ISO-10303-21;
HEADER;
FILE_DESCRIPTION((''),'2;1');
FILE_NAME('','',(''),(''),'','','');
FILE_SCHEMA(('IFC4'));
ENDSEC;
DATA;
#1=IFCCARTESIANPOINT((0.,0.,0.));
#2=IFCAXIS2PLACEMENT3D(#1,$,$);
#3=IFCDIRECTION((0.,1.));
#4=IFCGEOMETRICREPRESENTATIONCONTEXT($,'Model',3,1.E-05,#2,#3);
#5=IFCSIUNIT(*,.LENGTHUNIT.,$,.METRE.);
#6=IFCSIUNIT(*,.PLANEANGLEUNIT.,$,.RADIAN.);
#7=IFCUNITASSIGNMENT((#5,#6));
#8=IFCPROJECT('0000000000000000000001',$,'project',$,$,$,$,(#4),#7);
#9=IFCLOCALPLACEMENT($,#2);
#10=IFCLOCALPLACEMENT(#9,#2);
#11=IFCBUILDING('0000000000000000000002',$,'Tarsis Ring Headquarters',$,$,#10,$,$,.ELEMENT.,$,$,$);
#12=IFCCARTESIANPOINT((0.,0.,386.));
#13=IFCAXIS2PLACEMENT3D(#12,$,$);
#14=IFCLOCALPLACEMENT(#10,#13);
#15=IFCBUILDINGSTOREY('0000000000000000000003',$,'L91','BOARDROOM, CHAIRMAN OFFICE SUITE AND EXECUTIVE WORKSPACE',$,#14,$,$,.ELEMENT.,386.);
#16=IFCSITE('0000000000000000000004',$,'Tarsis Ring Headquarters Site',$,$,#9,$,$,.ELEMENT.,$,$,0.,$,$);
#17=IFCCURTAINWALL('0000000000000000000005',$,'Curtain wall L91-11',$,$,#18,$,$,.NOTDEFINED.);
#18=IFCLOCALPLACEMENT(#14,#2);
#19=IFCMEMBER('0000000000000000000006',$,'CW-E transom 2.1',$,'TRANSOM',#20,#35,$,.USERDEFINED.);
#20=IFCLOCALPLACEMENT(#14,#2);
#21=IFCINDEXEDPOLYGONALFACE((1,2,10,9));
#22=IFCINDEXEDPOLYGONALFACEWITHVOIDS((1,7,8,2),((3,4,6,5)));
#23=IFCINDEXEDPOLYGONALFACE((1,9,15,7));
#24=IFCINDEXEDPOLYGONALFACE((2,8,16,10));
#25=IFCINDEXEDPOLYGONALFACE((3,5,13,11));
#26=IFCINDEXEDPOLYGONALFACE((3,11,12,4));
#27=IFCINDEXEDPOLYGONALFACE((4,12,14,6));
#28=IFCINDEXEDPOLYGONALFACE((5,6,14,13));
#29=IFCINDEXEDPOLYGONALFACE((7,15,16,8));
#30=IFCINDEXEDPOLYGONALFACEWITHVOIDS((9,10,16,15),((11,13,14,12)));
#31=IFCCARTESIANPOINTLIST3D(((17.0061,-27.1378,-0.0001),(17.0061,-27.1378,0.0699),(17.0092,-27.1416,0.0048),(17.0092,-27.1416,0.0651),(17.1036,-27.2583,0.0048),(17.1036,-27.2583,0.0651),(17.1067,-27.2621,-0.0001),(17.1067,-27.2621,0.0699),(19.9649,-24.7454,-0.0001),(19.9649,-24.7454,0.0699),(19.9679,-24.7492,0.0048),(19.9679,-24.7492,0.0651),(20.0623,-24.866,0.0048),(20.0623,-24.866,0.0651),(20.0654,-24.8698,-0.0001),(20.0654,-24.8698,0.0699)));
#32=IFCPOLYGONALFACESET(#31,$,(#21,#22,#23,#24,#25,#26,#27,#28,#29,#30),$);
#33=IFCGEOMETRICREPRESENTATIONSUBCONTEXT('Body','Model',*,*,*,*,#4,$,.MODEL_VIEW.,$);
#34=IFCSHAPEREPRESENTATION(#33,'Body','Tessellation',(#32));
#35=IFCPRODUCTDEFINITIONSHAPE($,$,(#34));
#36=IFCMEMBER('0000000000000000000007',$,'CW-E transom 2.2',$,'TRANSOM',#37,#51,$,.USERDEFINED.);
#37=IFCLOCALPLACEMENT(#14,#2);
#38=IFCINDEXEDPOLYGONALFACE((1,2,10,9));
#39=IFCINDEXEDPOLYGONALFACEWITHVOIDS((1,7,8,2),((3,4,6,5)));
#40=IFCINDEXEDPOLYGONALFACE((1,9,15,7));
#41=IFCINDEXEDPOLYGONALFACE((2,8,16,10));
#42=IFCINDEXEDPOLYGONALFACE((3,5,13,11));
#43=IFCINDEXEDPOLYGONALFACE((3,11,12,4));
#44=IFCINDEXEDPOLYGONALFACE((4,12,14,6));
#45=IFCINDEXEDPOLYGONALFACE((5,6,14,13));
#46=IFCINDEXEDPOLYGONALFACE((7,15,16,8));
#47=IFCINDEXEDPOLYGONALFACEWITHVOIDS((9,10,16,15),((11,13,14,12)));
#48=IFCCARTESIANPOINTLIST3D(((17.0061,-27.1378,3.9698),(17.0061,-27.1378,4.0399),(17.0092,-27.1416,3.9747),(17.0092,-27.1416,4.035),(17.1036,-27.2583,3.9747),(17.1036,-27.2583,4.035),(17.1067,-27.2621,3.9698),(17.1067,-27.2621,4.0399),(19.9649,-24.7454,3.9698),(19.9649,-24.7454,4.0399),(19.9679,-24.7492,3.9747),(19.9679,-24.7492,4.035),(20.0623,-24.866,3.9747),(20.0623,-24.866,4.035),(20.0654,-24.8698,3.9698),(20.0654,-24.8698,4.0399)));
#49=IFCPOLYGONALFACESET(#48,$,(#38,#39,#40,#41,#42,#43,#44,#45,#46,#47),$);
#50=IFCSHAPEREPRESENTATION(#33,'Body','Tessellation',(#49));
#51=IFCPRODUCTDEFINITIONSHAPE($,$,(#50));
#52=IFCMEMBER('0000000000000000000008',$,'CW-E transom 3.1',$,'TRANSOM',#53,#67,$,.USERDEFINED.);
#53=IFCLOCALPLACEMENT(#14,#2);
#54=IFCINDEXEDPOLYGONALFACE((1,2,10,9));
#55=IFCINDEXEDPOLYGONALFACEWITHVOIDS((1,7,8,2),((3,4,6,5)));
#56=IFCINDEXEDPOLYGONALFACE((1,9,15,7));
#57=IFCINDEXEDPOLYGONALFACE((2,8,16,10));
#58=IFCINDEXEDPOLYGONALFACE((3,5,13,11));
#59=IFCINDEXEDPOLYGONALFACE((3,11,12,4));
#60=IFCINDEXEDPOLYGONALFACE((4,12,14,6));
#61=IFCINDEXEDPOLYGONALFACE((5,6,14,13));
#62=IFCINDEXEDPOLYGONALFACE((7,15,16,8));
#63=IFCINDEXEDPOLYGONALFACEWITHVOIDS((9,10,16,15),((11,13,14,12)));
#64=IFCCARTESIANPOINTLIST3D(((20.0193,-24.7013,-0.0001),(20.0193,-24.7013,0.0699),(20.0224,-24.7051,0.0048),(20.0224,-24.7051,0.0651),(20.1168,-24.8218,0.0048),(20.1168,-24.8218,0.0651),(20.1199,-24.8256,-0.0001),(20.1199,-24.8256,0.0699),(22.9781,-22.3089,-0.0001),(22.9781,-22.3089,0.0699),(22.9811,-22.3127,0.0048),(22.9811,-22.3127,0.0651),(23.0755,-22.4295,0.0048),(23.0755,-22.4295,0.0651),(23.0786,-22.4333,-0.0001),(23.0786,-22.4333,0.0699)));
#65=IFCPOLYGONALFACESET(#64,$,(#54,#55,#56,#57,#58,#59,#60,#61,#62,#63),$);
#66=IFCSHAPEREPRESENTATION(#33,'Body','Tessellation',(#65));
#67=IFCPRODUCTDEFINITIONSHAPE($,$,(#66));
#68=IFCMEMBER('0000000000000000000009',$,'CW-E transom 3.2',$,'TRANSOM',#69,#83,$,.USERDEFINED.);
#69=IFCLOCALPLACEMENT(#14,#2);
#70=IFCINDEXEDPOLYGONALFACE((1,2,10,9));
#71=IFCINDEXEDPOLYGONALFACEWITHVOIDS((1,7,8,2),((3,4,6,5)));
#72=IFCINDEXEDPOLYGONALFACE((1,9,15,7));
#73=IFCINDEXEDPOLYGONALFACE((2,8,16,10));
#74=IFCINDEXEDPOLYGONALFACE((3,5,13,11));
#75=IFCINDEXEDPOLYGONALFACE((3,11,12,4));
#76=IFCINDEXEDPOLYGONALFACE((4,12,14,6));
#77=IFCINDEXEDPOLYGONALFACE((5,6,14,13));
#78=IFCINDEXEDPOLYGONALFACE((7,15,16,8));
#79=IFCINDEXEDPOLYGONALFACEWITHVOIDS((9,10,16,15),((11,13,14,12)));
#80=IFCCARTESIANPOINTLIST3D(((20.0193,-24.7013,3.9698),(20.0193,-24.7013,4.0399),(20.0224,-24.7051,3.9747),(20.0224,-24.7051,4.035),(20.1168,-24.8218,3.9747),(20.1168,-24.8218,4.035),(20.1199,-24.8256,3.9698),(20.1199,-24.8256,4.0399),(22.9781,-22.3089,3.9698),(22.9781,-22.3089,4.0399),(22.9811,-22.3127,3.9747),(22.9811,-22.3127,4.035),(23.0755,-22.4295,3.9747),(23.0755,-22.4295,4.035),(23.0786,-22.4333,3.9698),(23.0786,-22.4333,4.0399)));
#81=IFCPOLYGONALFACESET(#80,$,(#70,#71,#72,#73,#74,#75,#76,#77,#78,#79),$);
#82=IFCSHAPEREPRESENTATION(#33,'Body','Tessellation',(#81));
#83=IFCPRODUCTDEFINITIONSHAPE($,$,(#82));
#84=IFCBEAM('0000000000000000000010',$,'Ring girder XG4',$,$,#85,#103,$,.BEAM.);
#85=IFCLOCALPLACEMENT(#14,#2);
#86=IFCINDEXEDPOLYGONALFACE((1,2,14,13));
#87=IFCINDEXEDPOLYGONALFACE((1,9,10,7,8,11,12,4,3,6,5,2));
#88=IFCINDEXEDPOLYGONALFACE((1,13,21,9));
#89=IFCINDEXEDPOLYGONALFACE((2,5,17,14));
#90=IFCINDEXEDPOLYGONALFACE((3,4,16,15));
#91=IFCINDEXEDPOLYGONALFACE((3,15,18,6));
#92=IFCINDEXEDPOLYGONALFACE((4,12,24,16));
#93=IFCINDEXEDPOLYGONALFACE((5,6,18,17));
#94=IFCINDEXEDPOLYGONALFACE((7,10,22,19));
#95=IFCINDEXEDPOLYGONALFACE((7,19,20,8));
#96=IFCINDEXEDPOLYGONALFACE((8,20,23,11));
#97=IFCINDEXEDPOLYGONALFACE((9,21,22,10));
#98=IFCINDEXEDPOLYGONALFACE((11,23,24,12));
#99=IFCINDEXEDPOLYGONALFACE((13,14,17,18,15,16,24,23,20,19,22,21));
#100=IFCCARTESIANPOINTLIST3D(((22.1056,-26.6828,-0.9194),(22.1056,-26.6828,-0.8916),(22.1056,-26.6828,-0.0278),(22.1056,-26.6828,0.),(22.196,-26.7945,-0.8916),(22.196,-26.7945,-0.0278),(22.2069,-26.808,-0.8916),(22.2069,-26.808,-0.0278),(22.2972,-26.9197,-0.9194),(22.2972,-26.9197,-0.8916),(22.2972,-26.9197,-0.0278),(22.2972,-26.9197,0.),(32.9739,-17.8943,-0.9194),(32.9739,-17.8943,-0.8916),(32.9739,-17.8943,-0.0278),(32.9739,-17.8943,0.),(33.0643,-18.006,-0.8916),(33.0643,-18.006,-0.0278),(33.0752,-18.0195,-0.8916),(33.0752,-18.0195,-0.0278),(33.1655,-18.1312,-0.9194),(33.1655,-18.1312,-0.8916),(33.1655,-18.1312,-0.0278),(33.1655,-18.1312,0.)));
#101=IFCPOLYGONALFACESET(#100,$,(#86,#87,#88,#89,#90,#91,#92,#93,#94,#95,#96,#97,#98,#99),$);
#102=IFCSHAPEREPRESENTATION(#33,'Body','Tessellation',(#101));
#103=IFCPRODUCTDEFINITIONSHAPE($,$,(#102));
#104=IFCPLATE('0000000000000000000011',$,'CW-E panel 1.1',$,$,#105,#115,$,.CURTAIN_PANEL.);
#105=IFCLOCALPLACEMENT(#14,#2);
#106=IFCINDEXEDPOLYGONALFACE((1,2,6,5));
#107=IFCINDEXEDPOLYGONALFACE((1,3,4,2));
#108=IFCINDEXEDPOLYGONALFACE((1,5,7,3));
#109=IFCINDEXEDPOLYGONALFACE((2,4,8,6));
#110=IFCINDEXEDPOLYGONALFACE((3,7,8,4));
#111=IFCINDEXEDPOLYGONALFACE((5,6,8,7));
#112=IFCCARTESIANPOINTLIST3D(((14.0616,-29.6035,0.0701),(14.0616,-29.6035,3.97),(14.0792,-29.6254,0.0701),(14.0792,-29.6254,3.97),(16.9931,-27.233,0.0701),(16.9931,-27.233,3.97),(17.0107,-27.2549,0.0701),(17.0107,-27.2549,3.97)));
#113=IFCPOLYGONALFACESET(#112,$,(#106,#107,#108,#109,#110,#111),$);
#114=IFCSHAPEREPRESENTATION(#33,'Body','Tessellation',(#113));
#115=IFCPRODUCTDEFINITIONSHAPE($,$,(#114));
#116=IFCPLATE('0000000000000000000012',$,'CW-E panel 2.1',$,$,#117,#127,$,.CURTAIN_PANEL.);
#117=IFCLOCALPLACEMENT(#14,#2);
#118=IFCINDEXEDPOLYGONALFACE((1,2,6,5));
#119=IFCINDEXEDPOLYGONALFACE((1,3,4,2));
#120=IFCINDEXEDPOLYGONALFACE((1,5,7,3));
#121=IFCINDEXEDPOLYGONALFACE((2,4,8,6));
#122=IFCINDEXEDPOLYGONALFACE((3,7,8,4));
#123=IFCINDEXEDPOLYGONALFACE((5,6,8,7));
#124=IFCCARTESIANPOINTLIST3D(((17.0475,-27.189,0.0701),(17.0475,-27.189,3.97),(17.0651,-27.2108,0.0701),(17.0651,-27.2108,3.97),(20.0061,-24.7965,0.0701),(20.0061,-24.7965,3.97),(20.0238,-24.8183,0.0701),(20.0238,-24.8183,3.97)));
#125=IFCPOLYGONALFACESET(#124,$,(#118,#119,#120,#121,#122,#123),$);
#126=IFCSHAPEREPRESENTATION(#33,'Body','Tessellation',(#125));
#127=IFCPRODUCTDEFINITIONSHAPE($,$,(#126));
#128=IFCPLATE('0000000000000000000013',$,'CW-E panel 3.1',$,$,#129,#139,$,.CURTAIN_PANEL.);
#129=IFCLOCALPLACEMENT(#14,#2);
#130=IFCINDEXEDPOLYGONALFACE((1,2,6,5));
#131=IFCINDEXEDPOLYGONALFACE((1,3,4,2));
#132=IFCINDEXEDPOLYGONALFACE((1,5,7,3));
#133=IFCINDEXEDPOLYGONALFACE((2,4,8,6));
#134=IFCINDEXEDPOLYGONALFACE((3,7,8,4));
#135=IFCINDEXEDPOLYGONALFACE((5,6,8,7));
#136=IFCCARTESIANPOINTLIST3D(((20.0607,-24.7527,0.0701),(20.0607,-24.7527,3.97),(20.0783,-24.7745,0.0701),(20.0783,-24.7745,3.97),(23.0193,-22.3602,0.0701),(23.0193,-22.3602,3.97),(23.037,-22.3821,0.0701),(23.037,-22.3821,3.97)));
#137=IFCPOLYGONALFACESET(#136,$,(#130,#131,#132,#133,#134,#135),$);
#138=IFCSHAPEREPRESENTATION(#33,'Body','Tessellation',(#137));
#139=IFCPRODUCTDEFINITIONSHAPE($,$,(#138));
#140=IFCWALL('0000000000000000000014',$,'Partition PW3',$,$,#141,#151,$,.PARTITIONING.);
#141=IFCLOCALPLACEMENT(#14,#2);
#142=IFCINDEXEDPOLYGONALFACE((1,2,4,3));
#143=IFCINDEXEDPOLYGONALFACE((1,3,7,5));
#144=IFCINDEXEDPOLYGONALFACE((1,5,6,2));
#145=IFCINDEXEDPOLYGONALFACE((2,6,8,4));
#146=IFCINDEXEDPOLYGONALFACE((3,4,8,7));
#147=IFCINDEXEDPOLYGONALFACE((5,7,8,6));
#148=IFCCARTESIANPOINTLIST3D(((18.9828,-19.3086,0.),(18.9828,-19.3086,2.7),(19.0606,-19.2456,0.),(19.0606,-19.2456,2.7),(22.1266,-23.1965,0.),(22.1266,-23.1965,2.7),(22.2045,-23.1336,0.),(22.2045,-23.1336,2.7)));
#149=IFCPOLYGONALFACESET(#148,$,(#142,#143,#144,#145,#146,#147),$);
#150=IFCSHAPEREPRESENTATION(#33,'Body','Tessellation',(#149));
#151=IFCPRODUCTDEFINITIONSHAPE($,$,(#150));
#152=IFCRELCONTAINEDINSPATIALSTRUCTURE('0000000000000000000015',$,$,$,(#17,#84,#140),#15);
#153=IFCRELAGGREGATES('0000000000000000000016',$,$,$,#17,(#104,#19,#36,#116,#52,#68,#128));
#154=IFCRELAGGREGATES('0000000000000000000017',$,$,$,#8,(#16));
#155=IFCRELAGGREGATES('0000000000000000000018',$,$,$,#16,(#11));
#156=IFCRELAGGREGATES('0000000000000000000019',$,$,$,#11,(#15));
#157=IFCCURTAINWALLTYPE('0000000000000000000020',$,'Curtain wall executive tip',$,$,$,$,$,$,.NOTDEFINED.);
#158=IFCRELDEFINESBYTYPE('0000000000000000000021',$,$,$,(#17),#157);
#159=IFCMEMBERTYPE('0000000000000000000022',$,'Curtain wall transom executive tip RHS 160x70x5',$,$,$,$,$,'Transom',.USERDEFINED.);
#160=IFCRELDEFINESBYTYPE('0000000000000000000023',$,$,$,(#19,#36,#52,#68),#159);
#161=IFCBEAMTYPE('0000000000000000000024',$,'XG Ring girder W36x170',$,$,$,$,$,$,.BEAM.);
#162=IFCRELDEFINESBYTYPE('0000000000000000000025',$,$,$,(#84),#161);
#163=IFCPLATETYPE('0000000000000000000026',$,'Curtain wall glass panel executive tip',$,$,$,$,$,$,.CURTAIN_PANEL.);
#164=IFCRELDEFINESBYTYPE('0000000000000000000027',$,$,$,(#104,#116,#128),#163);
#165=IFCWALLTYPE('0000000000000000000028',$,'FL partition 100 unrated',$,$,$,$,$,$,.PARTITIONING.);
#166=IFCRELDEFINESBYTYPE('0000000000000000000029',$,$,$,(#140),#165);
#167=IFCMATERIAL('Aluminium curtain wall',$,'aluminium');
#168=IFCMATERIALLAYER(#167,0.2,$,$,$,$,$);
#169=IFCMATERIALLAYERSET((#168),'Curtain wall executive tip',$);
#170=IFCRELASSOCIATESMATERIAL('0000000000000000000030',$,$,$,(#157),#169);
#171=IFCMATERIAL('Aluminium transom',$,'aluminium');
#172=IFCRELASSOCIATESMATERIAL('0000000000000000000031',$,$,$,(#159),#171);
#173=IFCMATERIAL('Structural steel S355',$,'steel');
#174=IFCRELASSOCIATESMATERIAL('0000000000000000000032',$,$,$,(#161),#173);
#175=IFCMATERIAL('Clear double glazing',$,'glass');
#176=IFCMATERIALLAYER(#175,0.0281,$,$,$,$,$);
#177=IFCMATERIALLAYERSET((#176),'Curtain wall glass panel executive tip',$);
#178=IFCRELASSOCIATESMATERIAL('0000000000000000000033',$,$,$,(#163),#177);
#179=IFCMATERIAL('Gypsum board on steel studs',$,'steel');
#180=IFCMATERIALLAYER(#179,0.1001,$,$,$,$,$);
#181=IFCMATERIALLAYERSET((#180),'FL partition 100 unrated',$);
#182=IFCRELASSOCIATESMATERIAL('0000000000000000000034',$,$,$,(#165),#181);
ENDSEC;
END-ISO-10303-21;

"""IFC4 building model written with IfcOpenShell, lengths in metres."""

from ifc_helpers import new_model, si_unit, direction, frame, frame_2d, origin, origin_2d, place, context, subcontext, project, spatial, rectangle, hollow_rectangle, i_section, extrude, material, layer, layer_set, material_profile, profile_set, type_object, element, aggregate, save


model = new_model("IFC4")

# Units and contexts
model_context = context("Model", 3, precision=1e-05, world=origin(), true_north=direction((0.0, 1.0)))
body_context = subcontext(model_context, "Body", "Model", "MODEL_VIEW")
ifc_project = project(units=[si_unit("LENGTHUNIT", "METRE"), si_unit("PLANEANGLEUNIT", "RADIAN")], contexts=[model_context])

# Site, building, storey
site_placement = place(None, origin())
site = spatial("IfcSite", under=ifc_project, at=site_placement, Name="Tarsis Ring Headquarters Site", CompositionType="ELEMENT", RefElevation=0.0)
building_placement = place(site_placement, origin())
building = spatial("IfcBuilding", under=site, at=building_placement, Name="Tarsis Ring Headquarters", CompositionType="ELEMENT")
storey_placement = place(building_placement, frame((0.0, 0.0, 386.0)))
storey = spatial("IfcBuildingStorey", under=building, at=storey_placement, Name="L91", Description="BOARDROOM, CHAIRMAN OFFICE SUITE AND EXECUTIVE WORKSPACE", CompositionType="ELEMENT", Elevation=386.0)

# Shared definitions
ifc_material_1 = material(Name="Structural steel S355", Category="steel")

# Curtain wall, members
ifc_material_2 = material(Name="Aluminium curtain wall", Category="aluminium")
ifc_layer_1 = layer(ifc_material_2, 0.2)
ifc_layer_set_1 = layer_set([ifc_layer_1], Name="Curtain wall executive tip")
curtain_wall_type = type_object("IfcCurtainWallType", Name="Curtain wall executive tip", PredefinedType="NOTDEFINED", material=ifc_layer_set_1)
curtain_wall_placement = place(storey_placement, origin())
curtain_wall = element("IfcCurtainWall", 1, at=curtain_wall_placement, inside=storey, type_object=curtain_wall_type, Name="Curtain wall L91-11", PredefinedType="NOTDEFINED")
ifc_material_3 = material(Name="Aluminium transom", Category="aluminium")
ifc_material_profile_1 = material_profile(ifc_material_3, hollow_rectangle(XDim=0.1599, YDim=0.0701, WallThickness=0.0049, at=origin_2d()), Name="RHS 160x70x5")
ifc_profile_set_1 = profile_set([ifc_material_profile_1], Name="Aluminium transom")
member_type_1 = type_object("IfcMemberType", Name="Curtain wall transom executive tip RHS 160x70x5", ElementType="Transom", PredefinedType="USERDEFINED", material=ifc_profile_set_1)
member_1_placement = place(storey_placement, frame((17.0564, -27.2, 0.0349), z_axis=(0.777609, 0.628748, 0.0), x_axis=(-0.628748, 0.777609, 0.0)))
member_1 = element("IfcMember", 2, at=member_1_placement, type_object=member_type_1, Name="CW-E transom 2.1", ObjectType="TRANSOM", PredefinedType="USERDEFINED", context=body_context, shape_type="SweptSolid", body=[
    extrude(hollow_rectangle(XDim=0.1599, YDim=0.0701, WallThickness=0.0049, at=origin_2d()), origin(), (0.0, 0.0, 1.0), 3.8049),
])
member_2_placement = place(storey_placement, frame((17.0564, -27.2, 4.0049), z_axis=(0.777609, 0.628748, 0.0), x_axis=(-0.628748, 0.777609, 0.0)))
member_2 = element("IfcMember", 3, at=member_2_placement, type_object=member_type_1, Name="CW-E transom 2.2", ObjectType="TRANSOM", PredefinedType="USERDEFINED", context=body_context, shape_type="SweptSolid", body=[
    extrude(hollow_rectangle(XDim=0.1599, YDim=0.0701, WallThickness=0.0049, at=origin_2d()), origin(), (0.0, 0.0, 1.0), 3.8049),
])
member_3_placement = place(storey_placement, frame((20.0696, -24.7634, 0.0349), z_axis=(0.777609, 0.628748, 0.0), x_axis=(-0.628748, 0.777609, 0.0)))
member_3 = element("IfcMember", 4, at=member_3_placement, type_object=member_type_1, Name="CW-E transom 3.1", ObjectType="TRANSOM", PredefinedType="USERDEFINED", context=body_context, shape_type="SweptSolid", body=[
    extrude(hollow_rectangle(XDim=0.1599, YDim=0.0701, WallThickness=0.0049, at=origin_2d()), origin(), (0.0, 0.0, 1.0), 3.8049),
])
member_4_placement = place(storey_placement, frame((20.0696, -24.7634, 4.0049), z_axis=(0.777609, 0.628748, 0.0), x_axis=(-0.628748, 0.777609, 0.0)))
member_4 = element("IfcMember", 5, at=member_4_placement, type_object=member_type_1, Name="CW-E transom 3.2", ObjectType="TRANSOM", PredefinedType="USERDEFINED", context=body_context, shape_type="SweptSolid", body=[
    extrude(hollow_rectangle(XDim=0.1599, YDim=0.0701, WallThickness=0.0049, at=origin_2d()), origin(), (0.0, 0.0, 1.0), 3.8049),
])

# Beam
ifc_material_profile_2 = material_profile(ifc_material_1, i_section(OverallWidth=0.3047, OverallDepth=0.9194, WebThickness=0.0173, FlangeThickness=0.0278, at=origin_2d()), Name="W36x170")
ifc_profile_set_2 = profile_set([ifc_material_profile_2], Name="Structural steel S355")
beam_type = type_object("IfcBeamType", Name="XG Ring girder W36x170", PredefinedType="BEAM", material=ifc_profile_set_2)
beam_placement = place(storey_placement, frame((22.2014, -26.8013, -0.4597), z_axis=(0.777583, 0.628781, 0.0), x_axis=(-0.628781, 0.777583, 0.0)))
element("IfcBeam", 6, at=beam_placement, inside=storey, type_object=beam_type, Name="Ring girder XG4", PredefinedType="BEAM", context=body_context, shape_type="SweptSolid", body=[
    extrude(i_section(OverallWidth=0.3047, OverallDepth=0.9194, WebThickness=0.0173, FlangeThickness=0.0278, at=origin_2d()), origin(), (0.0, 0.0, 1.0), 13.9771),
])

# Plates
ifc_material_4 = material(Name="Clear double glazing", Category="glass")
ifc_layer_2 = layer(ifc_material_4, 0.0281)
ifc_layer_set_2 = layer_set([ifc_layer_2], Name="Curtain wall glass panel executive tip")
plate_type = type_object("IfcPlateType", Name="Curtain wall glass panel executive tip", PredefinedType="CURTAIN_PANEL", material=ifc_layer_set_2)
plate_1_placement = place(storey_placement, frame((15.5361, -28.4292, 0.0701), z_axis=(0.0, 0.0, 1.0), x_axis=(0.777585, 0.628778, 0.0)))
plate_1 = element("IfcPlate", 7, at=plate_1_placement, type_object=plate_type, Name="CW-E panel 1.1", PredefinedType="CURTAIN_PANEL", context=body_context, shape_type="SweptSolid", body=[
    extrude(rectangle(XDim=3.77, YDim=0.0281, at=origin_2d()), origin(), (0.0, 0.0, 1.0), 3.8999),
])
plate_2_placement = place(storey_placement, frame((18.5356, -26.0037, 0.0701), z_axis=(0.0, 0.0, 1.0), x_axis=(0.777585, 0.628778, 0.0)))
plate_2 = element("IfcPlate", 8, at=plate_2_placement, type_object=plate_type, Name="CW-E panel 2.1", PredefinedType="CURTAIN_PANEL", context=body_context, shape_type="SweptSolid", body=[
    extrude(rectangle(XDim=3.8049, YDim=0.0281, at=origin_2d()), origin(), (0.0, 0.0, 1.0), 3.8999),
])
plate_3_placement = place(storey_placement, frame((21.5488, -23.5674, 0.0701), z_axis=(0.0, 0.0, 1.0), x_axis=(0.777585, 0.628778, 0.0)))
plate_3 = element("IfcPlate", 9, at=plate_3_placement, type_object=plate_type, Name="CW-E panel 3.1", PredefinedType="CURTAIN_PANEL", context=body_context, shape_type="SweptSolid", body=[
    extrude(rectangle(XDim=3.8049, YDim=0.0281, at=origin_2d()), origin(), (0.0, 0.0, 1.0), 3.8999),
])
aggregate(curtain_wall, [plate_1, member_1, member_2, plate_2, member_3, member_4, plate_3])

# Wall
ifc_material_5 = material(Name="Gypsum board on steel studs", Category="steel")
ifc_layer_3 = layer(ifc_material_5, 0.1001)
ifc_layer_set_3 = layer_set([ifc_layer_3], Name="FL partition 100 unrated")
wall_type_1 = type_object("IfcWallType", Name="FL partition 100 unrated", PredefinedType="PARTITIONING", material=ifc_layer_set_3)
wall_1_placement = place(storey_placement, frame((19.0217, -19.2771, 0.0), z_axis=(0.0, 0.0, 1.0), x_axis=(0.628765, -0.777595, 0.0)))
element("IfcWall", 10, at=wall_1_placement, inside=storey, type_object=wall_type_1, Name="Partition PW3", PredefinedType="PARTITIONING", context=body_context, shape_type="SweptSolid", body=[
    extrude(rectangle(XDim=5.0, YDim=0.1001, at=frame_2d((2.5, 0.0))), origin(), (0.0, 0.0, 1.0), 2.7),
])

save(model, "model.ifc")
